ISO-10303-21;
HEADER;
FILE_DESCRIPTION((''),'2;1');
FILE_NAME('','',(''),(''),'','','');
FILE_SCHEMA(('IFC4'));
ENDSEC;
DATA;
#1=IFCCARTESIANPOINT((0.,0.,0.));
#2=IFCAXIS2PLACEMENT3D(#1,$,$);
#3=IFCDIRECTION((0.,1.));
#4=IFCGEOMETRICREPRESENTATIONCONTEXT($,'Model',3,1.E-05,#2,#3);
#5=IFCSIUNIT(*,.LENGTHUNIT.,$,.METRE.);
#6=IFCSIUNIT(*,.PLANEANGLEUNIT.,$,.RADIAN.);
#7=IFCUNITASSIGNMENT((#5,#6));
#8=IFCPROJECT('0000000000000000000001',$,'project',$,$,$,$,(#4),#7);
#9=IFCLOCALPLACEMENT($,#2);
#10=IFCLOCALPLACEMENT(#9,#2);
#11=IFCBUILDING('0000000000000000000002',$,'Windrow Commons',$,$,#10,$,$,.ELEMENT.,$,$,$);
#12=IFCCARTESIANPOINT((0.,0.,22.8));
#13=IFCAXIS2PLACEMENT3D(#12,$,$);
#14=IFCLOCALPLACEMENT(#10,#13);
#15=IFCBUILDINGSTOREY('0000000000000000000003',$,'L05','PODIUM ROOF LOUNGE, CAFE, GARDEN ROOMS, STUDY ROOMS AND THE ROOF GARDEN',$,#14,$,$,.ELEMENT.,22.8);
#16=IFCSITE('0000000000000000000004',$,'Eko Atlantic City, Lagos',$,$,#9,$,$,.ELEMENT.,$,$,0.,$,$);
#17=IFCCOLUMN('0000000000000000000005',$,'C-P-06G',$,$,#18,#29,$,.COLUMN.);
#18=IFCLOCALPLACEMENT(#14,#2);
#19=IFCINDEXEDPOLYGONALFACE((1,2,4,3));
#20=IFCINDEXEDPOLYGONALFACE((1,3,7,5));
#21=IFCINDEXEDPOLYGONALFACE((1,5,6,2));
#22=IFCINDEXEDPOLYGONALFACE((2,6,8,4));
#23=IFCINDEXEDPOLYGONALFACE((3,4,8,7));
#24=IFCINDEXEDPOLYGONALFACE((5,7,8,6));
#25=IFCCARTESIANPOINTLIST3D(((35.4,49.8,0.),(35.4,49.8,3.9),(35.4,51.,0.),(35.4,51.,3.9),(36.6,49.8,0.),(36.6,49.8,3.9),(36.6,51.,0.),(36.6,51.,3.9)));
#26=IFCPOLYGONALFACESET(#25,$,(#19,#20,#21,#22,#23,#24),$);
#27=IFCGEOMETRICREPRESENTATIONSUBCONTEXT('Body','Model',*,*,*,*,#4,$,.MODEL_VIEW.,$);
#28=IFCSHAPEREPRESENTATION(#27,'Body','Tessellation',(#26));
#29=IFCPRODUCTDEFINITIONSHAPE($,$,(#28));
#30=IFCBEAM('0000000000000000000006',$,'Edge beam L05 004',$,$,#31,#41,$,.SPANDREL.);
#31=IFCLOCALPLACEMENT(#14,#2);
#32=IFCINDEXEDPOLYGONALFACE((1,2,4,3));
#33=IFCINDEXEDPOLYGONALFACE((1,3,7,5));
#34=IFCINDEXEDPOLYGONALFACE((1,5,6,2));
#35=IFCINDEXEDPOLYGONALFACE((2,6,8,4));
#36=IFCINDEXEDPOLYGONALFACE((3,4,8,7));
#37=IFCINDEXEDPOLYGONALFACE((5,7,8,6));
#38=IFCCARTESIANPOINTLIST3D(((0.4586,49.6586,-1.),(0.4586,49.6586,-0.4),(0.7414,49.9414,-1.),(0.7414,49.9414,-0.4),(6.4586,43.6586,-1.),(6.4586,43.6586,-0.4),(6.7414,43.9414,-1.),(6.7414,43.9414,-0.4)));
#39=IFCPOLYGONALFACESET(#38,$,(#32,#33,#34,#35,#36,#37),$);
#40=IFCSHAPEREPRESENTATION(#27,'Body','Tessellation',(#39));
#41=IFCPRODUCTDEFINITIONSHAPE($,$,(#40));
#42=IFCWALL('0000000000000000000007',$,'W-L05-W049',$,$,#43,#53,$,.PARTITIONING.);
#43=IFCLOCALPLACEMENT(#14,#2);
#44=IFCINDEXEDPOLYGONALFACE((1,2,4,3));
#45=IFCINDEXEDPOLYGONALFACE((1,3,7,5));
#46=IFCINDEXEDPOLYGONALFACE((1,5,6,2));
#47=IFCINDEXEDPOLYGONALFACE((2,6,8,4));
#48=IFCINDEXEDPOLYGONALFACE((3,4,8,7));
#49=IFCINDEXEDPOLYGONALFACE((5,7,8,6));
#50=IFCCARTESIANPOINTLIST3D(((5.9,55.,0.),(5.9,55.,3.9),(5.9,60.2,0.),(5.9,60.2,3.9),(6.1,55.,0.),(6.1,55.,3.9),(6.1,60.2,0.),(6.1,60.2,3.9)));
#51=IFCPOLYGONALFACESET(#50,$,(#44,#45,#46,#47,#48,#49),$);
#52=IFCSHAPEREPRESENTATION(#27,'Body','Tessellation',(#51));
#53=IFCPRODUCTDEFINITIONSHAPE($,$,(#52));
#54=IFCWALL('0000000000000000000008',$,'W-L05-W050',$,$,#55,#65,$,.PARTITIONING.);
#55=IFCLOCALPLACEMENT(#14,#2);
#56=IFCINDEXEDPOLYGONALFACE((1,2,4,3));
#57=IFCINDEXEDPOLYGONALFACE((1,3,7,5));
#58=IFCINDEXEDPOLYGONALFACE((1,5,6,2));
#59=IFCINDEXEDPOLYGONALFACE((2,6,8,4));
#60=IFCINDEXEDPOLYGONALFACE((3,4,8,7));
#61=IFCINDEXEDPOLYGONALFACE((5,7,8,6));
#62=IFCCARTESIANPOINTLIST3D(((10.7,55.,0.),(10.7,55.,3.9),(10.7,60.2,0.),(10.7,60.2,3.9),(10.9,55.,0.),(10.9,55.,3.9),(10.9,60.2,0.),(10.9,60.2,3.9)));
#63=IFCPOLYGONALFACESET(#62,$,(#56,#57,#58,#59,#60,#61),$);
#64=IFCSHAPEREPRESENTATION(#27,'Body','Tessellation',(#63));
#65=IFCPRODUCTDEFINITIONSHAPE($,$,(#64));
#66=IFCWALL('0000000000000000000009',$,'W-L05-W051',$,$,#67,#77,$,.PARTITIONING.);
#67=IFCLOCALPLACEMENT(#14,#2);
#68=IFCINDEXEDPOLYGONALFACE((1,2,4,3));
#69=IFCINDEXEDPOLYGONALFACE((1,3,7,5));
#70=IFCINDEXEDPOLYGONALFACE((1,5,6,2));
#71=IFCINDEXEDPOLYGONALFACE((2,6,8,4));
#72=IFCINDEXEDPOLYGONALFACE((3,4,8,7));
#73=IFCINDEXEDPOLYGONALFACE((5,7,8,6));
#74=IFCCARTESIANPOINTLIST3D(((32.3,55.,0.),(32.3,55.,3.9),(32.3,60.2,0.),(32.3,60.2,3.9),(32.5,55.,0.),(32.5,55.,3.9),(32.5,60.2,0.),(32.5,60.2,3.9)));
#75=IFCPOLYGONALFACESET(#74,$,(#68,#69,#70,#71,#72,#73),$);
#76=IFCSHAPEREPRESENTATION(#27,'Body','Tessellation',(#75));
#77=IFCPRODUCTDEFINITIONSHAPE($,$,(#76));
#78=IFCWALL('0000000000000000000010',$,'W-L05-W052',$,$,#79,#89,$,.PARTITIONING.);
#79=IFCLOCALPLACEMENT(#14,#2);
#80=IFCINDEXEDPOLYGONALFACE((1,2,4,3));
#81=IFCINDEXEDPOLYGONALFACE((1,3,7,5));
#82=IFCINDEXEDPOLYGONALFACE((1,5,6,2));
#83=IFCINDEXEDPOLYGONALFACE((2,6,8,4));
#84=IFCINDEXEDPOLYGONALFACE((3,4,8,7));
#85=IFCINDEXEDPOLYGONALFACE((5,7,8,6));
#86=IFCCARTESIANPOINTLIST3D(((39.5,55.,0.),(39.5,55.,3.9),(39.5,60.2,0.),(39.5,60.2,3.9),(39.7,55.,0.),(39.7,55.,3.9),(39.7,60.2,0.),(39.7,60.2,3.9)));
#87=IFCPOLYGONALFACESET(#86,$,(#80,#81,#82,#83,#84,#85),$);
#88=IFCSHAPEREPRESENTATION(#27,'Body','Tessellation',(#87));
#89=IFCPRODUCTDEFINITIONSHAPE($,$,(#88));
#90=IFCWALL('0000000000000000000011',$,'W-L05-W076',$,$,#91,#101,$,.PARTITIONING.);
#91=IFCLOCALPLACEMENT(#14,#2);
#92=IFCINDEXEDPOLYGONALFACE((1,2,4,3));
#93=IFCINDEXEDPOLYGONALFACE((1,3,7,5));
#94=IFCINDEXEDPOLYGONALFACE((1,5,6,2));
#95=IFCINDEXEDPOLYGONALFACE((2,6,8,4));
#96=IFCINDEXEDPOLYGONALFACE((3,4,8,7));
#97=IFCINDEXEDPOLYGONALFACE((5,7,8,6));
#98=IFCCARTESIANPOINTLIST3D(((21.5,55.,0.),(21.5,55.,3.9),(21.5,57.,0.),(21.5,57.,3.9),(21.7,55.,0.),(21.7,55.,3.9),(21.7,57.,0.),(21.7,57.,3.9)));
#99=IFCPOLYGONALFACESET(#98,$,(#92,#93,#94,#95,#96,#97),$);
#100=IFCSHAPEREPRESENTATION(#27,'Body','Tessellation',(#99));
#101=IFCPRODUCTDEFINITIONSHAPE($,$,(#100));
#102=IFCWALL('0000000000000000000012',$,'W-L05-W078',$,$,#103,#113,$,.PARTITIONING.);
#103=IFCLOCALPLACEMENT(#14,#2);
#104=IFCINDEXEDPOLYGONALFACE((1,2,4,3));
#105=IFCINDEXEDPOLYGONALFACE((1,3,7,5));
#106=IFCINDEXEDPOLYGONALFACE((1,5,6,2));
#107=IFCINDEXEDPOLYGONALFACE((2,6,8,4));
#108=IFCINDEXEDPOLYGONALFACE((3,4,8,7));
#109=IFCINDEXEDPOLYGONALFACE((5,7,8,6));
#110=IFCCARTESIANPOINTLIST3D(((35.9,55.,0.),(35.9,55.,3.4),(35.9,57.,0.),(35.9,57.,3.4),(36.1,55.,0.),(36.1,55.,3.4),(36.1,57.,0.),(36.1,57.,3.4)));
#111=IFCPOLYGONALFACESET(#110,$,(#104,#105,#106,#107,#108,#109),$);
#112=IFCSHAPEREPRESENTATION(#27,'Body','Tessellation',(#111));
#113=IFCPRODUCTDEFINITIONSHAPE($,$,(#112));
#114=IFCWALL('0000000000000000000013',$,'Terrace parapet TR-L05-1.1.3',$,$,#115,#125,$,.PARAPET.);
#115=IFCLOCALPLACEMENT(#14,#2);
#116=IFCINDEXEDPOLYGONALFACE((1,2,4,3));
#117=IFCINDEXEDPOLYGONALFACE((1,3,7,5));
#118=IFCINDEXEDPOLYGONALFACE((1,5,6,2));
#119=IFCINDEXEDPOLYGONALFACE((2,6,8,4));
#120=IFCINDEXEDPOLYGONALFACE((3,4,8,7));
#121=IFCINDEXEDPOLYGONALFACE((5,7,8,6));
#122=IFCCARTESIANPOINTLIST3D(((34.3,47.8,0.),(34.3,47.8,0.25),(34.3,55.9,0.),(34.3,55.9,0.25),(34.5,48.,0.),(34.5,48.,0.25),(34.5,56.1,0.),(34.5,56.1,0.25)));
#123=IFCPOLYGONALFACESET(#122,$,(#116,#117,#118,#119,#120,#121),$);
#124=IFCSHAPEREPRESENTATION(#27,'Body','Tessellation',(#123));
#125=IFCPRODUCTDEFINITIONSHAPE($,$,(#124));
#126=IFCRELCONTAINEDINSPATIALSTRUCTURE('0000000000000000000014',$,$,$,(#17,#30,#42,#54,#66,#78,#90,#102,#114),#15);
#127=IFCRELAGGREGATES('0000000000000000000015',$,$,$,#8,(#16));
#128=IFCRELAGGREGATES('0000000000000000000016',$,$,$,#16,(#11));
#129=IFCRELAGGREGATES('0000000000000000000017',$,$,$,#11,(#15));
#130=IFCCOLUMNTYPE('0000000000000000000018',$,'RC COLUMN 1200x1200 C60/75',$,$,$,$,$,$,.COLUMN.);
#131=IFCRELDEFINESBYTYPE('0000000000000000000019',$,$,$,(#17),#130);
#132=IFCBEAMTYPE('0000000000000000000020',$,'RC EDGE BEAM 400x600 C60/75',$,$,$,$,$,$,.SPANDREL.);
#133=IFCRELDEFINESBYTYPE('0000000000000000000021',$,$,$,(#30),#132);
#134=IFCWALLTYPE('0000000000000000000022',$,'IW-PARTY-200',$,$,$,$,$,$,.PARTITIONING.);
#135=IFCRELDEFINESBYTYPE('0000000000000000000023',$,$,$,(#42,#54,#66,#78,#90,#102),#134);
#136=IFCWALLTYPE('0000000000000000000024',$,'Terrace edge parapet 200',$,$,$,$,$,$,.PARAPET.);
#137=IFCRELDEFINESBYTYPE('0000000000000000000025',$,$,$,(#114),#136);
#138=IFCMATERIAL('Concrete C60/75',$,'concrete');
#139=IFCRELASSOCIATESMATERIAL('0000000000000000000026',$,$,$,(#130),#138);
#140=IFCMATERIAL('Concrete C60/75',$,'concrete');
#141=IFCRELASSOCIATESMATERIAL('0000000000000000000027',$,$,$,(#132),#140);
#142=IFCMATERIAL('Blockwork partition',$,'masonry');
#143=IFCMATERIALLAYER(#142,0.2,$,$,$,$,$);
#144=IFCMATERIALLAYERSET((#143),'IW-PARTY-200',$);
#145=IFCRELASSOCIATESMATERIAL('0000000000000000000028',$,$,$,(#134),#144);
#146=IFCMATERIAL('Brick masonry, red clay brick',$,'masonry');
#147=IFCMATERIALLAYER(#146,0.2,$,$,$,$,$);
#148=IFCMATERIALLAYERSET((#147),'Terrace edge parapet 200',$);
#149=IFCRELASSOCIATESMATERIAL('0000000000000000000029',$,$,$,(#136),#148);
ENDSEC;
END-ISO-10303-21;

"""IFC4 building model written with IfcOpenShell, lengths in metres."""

from ifc_helpers import new_model, si_unit, direction, frame, frame_2d, origin, origin_2d, place, context, subcontext, project, spatial, polyline, rectangle, outline, extrude, material, layer, layer_set, material_profile, profile_set, type_object, element, save


model = new_model("IFC4")

# Units and contexts
model_context = context("Model", 3, precision=1e-05, world=origin(), true_north=direction((0.0, 1.0)))
body_context = subcontext(model_context, "Body", "Model", "MODEL_VIEW")
ifc_project = project(units=[si_unit("LENGTHUNIT", "METRE"), si_unit("PLANEANGLEUNIT", "RADIAN")], contexts=[model_context])

# Site, building, storey
site_placement = place(None, origin())
site = spatial("IfcSite", under=ifc_project, at=site_placement, Name="Eko Atlantic City, Lagos", CompositionType="ELEMENT", RefElevation=0.0)
building_placement = place(site_placement, origin())
building = spatial("IfcBuilding", under=site, at=building_placement, Name="Windrow Commons", CompositionType="ELEMENT")
storey_placement = place(building_placement, frame((0.0, 0.0, 22.8)))
storey = spatial("IfcBuildingStorey", under=building, at=storey_placement, Name="L05", Description="PODIUM ROOF LOUNGE, CAFE, GARDEN ROOMS, STUDY ROOMS AND THE ROOF GARDEN", CompositionType="ELEMENT", Elevation=22.8)

# Column
ifc_material_1 = material(Name="Concrete C60/75", Category="concrete")
ifc_material_profile_1 = material_profile(ifc_material_1, rectangle(XDim=1.2, YDim=1.2, at=origin_2d()))
ifc_profile_set_1 = profile_set([ifc_material_profile_1], Name="Concrete C60/75")
column_type = type_object("IfcColumnType", Name="RC COLUMN 1200x1200 C60/75", PredefinedType="COLUMN", material=ifc_profile_set_1)
column_placement = place(storey_placement, frame((36.0, 50.4, 0.0), z_axis=(0.0, 0.0, 1.0), x_axis=(1.0, 0.0, 0.0)))
element("IfcColumn", 1, at=column_placement, inside=storey, type_object=column_type, Name="C-P-06G", PredefinedType="COLUMN", context=body_context, shape_type="SweptSolid", body=[
    extrude(rectangle(XDim=1.2, YDim=1.2, at=origin_2d()), origin(), (0.0, 0.0, 1.0), 3.9),
])

# Beam
ifc_material_2 = material(Name="Concrete C60/75", Category="concrete")
ifc_material_profile_2 = material_profile(ifc_material_2, rectangle(XDim=0.4, YDim=0.6, at=origin_2d()))
ifc_profile_set_2 = profile_set([ifc_material_profile_2], Name="Concrete C60/75")
beam_type = type_object("IfcBeamType", Name="RC EDGE BEAM 400x600 C60/75", PredefinedType="SPANDREL", material=ifc_profile_set_2)
beam_placement = place(storey_placement, frame((6.6, 43.8, -0.7), z_axis=(-0.707107, 0.707107, 0.0), x_axis=(-0.707107, -0.707107, 0.0)))
element("IfcBeam", 2, at=beam_placement, inside=storey, type_object=beam_type, Name="Edge beam L05 004", PredefinedType="SPANDREL", context=body_context, shape_type="SweptSolid", body=[
    extrude(rectangle(XDim=0.4, YDim=0.6, at=origin_2d()), origin(), (0.0, 0.0, 1.0), 8.4853),
])

# Walls
ifc_material_3 = material(Name="Blockwork partition", Category="masonry")
ifc_layer_1 = layer(ifc_material_3, 0.2)
ifc_layer_set_1 = layer_set([ifc_layer_1], Name="IW-PARTY-200")
wall_type_1 = type_object("IfcWallType", Name="IW-PARTY-200", PredefinedType="PARTITIONING", material=ifc_layer_set_1)
for number, where, z_axis, x_axis, name in (
    (3, (6.0, 55.0, 0.0), (0.0, 0.0, 1.0), (0.0, 1.0, 0.0), "W-L05-W049"),
    (4, (10.8, 55.0, 0.0), (0.0, 0.0, 1.0), (0.0, 1.0, 0.0), "W-L05-W050"),
    (5, (32.4, 55.0, 0.0), (0.0, 0.0, 1.0), (0.0, 1.0, 0.0), "W-L05-W051"),
    (6, (39.6, 55.0, 0.0), (0.0, 0.0, 1.0), (0.0, 1.0, 0.0), "W-L05-W052"),
):
    element("IfcWall", number, at=place(storey_placement, frame(where, z_axis=z_axis, x_axis=x_axis)), inside=storey, type_object=wall_type_1, Name=name, PredefinedType="PARTITIONING", context=body_context, shape_type="SweptSolid", body=[
        extrude(rectangle(XDim=5.2, YDim=0.2, at=frame_2d((2.6, 0.0))), origin(), (0.0, 0.0, 1.0), 3.9),
    ])
wall_1_placement = place(storey_placement, frame((21.6, 55.0, 0.0), z_axis=(0.0, 0.0, 1.0), x_axis=(0.0, 1.0, 0.0)))
element("IfcWall", 7, at=wall_1_placement, inside=storey, type_object=wall_type_1, Name="W-L05-W076", PredefinedType="PARTITIONING", context=body_context, shape_type="SweptSolid", body=[
    extrude(rectangle(XDim=2.0, YDim=0.2, at=frame_2d((1.0, 0.0))), origin(), (0.0, 0.0, 1.0), 3.9),
])
wall_2_placement = place(storey_placement, frame((36.0, 55.0, 0.0), z_axis=(0.0, 0.0, 1.0), x_axis=(0.0, 1.0, 0.0)))
element("IfcWall", 8, at=wall_2_placement, inside=storey, type_object=wall_type_1, Name="W-L05-W078", PredefinedType="PARTITIONING", context=body_context, shape_type="SweptSolid", body=[
    extrude(rectangle(XDim=2.0, YDim=0.2, at=frame_2d((1.0, 0.0))), origin(), (0.0, 0.0, 1.0), 3.4),
])
ifc_material_4 = material(Name="Brick masonry, red clay brick", Category="masonry")
ifc_layer_2 = layer(ifc_material_4, 0.2)
ifc_layer_set_2 = layer_set([ifc_layer_2], Name="Terrace edge parapet 200")
wall_type_2 = type_object("IfcWallType", Name="Terrace edge parapet 200", PredefinedType="PARAPET", material=ifc_layer_set_2)
wall_3_placement = place(storey_placement, frame((34.4, 47.9, 0.0), z_axis=(0.0, 0.0, 1.0), x_axis=(0.0, 1.0, 0.0)))
element("IfcWall", 9, at=wall_3_placement, inside=storey, type_object=wall_type_2, Name="Terrace parapet TR-L05-1.1.3", PredefinedType="PARAPET", context=body_context, shape_type="SweptSolid", body=[
    extrude(outline(polyline([(0.1, -0.1), (8.2, -0.1), (8.0, 0.1), (-0.1, 0.1), (0.1, -0.1)])), origin(), (0.0, 0.0, 1.0), 0.25),
])

save(model, "model.ifc")
